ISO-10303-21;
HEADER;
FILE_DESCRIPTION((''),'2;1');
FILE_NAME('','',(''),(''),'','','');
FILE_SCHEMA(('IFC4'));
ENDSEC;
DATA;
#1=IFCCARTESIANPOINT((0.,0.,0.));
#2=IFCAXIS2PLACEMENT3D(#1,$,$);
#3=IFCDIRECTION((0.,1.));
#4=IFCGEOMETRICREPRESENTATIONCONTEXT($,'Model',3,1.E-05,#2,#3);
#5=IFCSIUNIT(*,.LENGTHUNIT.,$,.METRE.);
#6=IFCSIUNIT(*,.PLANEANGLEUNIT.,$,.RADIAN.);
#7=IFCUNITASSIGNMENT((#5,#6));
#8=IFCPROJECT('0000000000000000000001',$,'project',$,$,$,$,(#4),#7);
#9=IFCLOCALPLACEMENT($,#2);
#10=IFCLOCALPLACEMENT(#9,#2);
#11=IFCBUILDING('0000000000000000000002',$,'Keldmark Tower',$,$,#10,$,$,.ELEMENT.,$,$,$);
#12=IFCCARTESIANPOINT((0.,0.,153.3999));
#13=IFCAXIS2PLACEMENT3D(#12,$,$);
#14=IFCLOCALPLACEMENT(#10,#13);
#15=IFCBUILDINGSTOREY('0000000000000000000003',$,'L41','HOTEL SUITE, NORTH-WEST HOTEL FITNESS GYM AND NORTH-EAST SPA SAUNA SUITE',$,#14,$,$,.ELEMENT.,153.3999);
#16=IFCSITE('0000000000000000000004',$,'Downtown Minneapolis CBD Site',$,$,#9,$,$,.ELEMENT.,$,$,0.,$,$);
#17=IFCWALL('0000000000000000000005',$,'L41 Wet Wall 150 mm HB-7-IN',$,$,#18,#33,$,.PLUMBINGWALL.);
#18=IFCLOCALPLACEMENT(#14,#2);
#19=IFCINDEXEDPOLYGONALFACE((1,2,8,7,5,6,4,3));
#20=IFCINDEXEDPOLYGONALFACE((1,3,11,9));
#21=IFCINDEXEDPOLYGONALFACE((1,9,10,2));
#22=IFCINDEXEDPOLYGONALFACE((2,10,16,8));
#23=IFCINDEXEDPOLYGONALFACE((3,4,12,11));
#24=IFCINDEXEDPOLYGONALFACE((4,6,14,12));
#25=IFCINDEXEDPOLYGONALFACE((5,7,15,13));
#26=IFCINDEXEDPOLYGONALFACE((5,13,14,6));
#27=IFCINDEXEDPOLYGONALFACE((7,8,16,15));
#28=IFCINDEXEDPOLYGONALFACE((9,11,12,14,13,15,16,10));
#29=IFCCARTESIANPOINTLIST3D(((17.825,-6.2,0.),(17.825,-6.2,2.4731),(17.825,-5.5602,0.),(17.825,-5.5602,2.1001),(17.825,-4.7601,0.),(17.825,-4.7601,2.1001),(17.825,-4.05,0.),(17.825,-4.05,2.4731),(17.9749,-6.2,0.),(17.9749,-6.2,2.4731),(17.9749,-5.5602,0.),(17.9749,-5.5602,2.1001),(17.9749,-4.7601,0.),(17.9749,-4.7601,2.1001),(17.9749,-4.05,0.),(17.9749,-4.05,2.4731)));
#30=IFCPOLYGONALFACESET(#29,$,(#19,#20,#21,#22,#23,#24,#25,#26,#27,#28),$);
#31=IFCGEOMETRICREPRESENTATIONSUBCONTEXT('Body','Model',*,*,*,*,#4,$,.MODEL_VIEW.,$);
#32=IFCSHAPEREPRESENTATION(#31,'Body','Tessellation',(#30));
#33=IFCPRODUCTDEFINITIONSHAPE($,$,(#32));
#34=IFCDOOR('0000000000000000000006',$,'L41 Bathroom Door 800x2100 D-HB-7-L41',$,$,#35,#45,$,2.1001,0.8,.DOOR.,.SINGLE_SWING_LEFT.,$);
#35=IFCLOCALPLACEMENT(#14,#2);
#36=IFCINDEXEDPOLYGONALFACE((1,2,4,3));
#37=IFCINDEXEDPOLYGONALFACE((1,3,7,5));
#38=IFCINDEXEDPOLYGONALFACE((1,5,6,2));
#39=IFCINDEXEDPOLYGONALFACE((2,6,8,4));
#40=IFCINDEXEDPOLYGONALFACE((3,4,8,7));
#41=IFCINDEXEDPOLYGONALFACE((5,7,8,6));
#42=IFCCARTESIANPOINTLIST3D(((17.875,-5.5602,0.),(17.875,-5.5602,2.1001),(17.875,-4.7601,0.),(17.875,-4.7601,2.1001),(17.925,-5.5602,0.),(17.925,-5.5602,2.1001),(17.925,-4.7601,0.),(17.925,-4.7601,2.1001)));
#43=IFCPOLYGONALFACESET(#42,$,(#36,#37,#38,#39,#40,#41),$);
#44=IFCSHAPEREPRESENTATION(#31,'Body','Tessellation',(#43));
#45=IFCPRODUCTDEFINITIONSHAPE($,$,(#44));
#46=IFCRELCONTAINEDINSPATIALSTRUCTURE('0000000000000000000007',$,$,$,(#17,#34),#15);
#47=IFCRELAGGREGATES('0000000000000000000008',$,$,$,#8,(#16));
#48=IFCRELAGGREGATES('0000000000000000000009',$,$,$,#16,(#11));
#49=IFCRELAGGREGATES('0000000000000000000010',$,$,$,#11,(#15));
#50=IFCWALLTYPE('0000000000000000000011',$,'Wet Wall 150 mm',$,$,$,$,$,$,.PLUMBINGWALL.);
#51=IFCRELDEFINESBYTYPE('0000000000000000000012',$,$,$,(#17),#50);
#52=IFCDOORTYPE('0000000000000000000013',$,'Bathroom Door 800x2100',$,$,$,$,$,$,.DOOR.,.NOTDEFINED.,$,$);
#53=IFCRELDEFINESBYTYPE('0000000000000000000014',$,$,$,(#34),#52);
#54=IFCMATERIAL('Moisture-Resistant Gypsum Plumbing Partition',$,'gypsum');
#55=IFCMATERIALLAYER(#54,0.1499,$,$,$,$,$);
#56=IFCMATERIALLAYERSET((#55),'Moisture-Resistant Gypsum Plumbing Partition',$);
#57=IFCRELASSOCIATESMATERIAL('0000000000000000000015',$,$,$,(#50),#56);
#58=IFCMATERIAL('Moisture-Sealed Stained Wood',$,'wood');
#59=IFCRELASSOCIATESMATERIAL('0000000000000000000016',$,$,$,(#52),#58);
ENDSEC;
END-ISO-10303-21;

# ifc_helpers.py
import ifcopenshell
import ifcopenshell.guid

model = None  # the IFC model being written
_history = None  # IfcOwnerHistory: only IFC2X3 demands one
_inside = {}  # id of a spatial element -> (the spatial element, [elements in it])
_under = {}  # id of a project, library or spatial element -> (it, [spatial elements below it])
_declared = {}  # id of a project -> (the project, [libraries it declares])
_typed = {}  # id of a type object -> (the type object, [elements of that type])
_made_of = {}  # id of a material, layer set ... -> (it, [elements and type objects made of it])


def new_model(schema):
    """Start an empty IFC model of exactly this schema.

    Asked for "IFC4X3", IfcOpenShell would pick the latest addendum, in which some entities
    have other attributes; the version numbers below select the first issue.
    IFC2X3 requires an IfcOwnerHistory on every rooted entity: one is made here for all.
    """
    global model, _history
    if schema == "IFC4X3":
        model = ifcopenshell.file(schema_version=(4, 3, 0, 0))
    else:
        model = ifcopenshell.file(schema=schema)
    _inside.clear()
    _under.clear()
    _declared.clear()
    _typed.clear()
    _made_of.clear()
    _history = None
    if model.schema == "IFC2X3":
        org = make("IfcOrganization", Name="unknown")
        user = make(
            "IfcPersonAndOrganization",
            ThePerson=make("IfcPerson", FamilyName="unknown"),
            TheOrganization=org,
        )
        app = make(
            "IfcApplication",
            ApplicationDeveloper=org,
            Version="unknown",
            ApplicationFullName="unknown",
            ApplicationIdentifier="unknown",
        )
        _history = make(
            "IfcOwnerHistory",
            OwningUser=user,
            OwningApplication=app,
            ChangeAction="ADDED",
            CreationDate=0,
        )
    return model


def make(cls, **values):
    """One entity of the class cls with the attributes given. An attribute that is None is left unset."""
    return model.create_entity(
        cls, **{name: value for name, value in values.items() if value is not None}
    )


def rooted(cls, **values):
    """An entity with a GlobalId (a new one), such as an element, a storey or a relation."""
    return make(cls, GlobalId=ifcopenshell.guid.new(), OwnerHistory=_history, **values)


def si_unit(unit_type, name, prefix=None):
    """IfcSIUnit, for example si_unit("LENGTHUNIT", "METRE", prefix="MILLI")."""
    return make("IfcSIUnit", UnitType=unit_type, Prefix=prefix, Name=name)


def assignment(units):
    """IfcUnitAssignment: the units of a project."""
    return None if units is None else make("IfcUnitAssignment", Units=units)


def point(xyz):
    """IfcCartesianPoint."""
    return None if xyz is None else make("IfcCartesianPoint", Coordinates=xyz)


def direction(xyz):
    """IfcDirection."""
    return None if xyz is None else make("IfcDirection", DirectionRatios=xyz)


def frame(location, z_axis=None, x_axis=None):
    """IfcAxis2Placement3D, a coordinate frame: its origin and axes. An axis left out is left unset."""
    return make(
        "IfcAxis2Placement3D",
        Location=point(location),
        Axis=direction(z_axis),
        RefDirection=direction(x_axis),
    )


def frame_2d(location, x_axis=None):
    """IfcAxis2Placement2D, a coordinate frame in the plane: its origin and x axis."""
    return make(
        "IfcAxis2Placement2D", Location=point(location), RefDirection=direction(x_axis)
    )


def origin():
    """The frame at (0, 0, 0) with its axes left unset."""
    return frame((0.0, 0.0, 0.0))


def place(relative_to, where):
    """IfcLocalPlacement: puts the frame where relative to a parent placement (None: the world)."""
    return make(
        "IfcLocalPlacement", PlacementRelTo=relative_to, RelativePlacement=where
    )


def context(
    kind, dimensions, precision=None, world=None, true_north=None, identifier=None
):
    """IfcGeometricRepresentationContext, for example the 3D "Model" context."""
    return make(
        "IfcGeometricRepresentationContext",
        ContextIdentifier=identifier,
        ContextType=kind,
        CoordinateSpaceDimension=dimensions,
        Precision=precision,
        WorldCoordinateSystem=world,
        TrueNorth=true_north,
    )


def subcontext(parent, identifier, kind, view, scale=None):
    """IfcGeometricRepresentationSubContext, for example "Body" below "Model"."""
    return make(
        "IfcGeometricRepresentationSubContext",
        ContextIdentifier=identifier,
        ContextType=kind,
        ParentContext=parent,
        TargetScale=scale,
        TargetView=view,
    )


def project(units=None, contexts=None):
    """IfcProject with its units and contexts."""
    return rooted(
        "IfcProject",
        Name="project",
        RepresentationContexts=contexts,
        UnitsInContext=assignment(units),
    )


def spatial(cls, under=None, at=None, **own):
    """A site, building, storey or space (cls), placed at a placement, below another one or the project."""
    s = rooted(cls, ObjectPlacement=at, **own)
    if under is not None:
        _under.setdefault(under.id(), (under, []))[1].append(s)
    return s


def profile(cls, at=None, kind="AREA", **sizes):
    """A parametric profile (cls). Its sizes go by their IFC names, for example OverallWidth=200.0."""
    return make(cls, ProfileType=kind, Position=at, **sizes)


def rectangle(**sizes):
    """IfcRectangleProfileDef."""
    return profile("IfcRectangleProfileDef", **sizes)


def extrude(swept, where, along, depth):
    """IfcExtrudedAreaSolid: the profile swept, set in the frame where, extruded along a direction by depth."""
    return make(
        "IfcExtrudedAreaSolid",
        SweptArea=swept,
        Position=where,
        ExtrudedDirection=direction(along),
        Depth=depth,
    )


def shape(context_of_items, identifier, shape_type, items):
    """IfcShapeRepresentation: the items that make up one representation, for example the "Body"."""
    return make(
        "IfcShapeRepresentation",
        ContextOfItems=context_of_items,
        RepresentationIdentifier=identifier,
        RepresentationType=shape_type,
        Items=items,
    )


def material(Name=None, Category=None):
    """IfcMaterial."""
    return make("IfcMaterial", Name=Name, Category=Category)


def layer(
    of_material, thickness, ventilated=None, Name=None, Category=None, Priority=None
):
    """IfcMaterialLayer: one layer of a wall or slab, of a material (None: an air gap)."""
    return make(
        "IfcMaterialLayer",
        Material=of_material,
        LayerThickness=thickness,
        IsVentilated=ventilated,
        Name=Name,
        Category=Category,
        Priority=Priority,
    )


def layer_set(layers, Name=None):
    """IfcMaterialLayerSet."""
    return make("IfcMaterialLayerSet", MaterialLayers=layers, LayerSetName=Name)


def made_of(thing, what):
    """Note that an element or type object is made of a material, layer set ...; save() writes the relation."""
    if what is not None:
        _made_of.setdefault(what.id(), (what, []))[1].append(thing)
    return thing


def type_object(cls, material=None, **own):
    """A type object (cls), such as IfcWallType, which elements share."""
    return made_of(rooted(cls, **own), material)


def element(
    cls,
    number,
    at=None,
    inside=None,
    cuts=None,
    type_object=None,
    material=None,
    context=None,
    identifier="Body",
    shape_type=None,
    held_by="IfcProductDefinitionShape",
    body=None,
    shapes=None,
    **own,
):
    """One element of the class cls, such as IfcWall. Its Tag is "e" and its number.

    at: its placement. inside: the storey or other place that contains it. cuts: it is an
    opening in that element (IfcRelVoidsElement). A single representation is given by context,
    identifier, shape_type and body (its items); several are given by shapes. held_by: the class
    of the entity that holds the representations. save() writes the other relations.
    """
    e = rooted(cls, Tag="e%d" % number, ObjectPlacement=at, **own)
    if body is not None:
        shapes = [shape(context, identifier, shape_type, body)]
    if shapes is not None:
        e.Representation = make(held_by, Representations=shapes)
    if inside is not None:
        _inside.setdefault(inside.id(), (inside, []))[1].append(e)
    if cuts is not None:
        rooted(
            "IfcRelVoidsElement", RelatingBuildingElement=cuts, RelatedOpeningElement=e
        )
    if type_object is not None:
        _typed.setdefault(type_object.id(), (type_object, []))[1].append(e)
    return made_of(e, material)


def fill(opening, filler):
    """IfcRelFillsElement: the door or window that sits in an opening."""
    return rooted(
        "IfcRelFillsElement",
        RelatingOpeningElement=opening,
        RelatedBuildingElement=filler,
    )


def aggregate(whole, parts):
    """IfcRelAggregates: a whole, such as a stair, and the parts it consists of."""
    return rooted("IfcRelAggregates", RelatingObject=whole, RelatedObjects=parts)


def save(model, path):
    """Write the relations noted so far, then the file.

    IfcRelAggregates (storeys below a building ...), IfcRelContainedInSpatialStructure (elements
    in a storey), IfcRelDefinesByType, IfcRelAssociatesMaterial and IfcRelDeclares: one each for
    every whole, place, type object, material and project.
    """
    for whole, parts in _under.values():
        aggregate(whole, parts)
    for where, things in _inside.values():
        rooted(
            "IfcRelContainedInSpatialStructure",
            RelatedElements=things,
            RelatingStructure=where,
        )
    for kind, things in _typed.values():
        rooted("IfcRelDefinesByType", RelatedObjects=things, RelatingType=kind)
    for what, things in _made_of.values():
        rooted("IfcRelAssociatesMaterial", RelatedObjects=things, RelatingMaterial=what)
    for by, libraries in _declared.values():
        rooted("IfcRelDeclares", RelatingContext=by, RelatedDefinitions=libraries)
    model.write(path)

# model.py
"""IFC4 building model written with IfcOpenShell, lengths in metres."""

from ifc_helpers import new_model, si_unit, direction, frame, frame_2d, origin, place, context, subcontext, project, spatial, rectangle, extrude, material, layer, layer_set, type_object, element, fill, save


model = new_model("IFC4")

# Units and contexts
model_context = context("Model", 3, precision=1e-05, world=origin(), true_north=direction((0.0, 1.0)))
body_context = subcontext(model_context, "Body", "Model", "MODEL_VIEW")
ifc_project = project(units=[si_unit("LENGTHUNIT", "METRE"), si_unit("PLANEANGLEUNIT", "RADIAN")], contexts=[model_context])

# Site, building, storey
site_placement = place(None, origin())
site = spatial("IfcSite", under=ifc_project, at=site_placement, Name="Downtown Minneapolis CBD Site", CompositionType="ELEMENT", RefElevation=0.0)
building_placement = place(site_placement, origin())
building = spatial("IfcBuilding", under=site, at=building_placement, Name="Keldmark Tower", CompositionType="ELEMENT")
storey_placement = place(building_placement, frame((0.0, 0.0, 153.3999)))
storey = spatial("IfcBuildingStorey", under=building, at=storey_placement, Name="L41", Description="HOTEL SUITE, NORTH-WEST HOTEL FITNESS GYM AND NORTH-EAST SPA SAUNA SUITE", CompositionType="ELEMENT", Elevation=153.3999)

# Shared definitions
ifc_material_1 = material(Name="Moisture-Resistant Gypsum Plumbing Partition", Category="gypsum")
ifc_layer_1 = layer(ifc_material_1, 0.1499)
ifc_layer_set_1 = layer_set([ifc_layer_1], Name="Moisture-Resistant Gypsum Plumbing Partition")
wall_type_1 = type_object("IfcWallType", Name="Wet Wall 150 mm", PredefinedType="PLUMBINGWALL", material=ifc_layer_set_1)

# Wall, opening, door
wall_1_placement = place(storey_placement, frame((17.8999, -6.2, 0.0), z_axis=(0.0, 0.0, 1.0), x_axis=(0.0, 1.0, 0.0)))
wall_1 = element("IfcWall", 1, at=wall_1_placement, inside=storey, type_object=wall_type_1, Name="L41 Wet Wall 150 mm HB-7-IN", PredefinedType="PLUMBINGWALL", context=body_context, shape_type="SweptSolid", body=[
    extrude(rectangle(XDim=2.1499, YDim=0.1499, at=frame_2d((1.075, 0.0))), origin(), (0.0, 0.0, 1.0), 2.4731),
])
opening_1_placement = place(wall_1_placement, frame((0.6399, 0.0, 0.0)))
opening_1 = element("IfcOpeningElement", 2, at=opening_1_placement, cuts=wall_1, PredefinedType="OPENING", context=body_context, shape_type="SweptSolid", body=[
    extrude(rectangle(XDim=0.8, YDim=2.1001, at=frame_2d((0.3999, 1.05))), frame((0.0, 0.085, 0.0), z_axis=(0.0, -1.0, 0.0), x_axis=(1.0, 0.0, 0.0)), (0.0, 0.0, 1.0), 0.1699),
])
ifc_material_2 = material(Name="Moisture-Sealed Stained Wood", Category="wood")
door_type_1 = type_object("IfcDoorType", Name="Bathroom Door 800x2100", OperationType="NOTDEFINED", PredefinedType="DOOR", material=ifc_material_2)
door_1_placement = place(opening_1_placement, origin())
door_1 = element("IfcDoor", 3, at=door_1_placement, inside=storey, type_object=door_type_1, Name="L41 Bathroom Door 800x2100 D-HB-7-L41", OperationType="SINGLE_SWING_LEFT", OverallHeight=2.1001, OverallWidth=0.8, PredefinedType="DOOR", context=body_context, shape_type="SweptSolid", body=[
    extrude(rectangle(XDim=0.8, YDim=2.1001, at=frame_2d((0.3999, 1.05))), frame((0.0, 0.0249, 0.0), z_axis=(0.0, -1.0, 0.0), x_axis=(1.0, 0.0, 0.0)), (0.0, 0.0, 1.0), 0.05),
])
fill(opening_1, door_1)

save(model, "model.ifc")
